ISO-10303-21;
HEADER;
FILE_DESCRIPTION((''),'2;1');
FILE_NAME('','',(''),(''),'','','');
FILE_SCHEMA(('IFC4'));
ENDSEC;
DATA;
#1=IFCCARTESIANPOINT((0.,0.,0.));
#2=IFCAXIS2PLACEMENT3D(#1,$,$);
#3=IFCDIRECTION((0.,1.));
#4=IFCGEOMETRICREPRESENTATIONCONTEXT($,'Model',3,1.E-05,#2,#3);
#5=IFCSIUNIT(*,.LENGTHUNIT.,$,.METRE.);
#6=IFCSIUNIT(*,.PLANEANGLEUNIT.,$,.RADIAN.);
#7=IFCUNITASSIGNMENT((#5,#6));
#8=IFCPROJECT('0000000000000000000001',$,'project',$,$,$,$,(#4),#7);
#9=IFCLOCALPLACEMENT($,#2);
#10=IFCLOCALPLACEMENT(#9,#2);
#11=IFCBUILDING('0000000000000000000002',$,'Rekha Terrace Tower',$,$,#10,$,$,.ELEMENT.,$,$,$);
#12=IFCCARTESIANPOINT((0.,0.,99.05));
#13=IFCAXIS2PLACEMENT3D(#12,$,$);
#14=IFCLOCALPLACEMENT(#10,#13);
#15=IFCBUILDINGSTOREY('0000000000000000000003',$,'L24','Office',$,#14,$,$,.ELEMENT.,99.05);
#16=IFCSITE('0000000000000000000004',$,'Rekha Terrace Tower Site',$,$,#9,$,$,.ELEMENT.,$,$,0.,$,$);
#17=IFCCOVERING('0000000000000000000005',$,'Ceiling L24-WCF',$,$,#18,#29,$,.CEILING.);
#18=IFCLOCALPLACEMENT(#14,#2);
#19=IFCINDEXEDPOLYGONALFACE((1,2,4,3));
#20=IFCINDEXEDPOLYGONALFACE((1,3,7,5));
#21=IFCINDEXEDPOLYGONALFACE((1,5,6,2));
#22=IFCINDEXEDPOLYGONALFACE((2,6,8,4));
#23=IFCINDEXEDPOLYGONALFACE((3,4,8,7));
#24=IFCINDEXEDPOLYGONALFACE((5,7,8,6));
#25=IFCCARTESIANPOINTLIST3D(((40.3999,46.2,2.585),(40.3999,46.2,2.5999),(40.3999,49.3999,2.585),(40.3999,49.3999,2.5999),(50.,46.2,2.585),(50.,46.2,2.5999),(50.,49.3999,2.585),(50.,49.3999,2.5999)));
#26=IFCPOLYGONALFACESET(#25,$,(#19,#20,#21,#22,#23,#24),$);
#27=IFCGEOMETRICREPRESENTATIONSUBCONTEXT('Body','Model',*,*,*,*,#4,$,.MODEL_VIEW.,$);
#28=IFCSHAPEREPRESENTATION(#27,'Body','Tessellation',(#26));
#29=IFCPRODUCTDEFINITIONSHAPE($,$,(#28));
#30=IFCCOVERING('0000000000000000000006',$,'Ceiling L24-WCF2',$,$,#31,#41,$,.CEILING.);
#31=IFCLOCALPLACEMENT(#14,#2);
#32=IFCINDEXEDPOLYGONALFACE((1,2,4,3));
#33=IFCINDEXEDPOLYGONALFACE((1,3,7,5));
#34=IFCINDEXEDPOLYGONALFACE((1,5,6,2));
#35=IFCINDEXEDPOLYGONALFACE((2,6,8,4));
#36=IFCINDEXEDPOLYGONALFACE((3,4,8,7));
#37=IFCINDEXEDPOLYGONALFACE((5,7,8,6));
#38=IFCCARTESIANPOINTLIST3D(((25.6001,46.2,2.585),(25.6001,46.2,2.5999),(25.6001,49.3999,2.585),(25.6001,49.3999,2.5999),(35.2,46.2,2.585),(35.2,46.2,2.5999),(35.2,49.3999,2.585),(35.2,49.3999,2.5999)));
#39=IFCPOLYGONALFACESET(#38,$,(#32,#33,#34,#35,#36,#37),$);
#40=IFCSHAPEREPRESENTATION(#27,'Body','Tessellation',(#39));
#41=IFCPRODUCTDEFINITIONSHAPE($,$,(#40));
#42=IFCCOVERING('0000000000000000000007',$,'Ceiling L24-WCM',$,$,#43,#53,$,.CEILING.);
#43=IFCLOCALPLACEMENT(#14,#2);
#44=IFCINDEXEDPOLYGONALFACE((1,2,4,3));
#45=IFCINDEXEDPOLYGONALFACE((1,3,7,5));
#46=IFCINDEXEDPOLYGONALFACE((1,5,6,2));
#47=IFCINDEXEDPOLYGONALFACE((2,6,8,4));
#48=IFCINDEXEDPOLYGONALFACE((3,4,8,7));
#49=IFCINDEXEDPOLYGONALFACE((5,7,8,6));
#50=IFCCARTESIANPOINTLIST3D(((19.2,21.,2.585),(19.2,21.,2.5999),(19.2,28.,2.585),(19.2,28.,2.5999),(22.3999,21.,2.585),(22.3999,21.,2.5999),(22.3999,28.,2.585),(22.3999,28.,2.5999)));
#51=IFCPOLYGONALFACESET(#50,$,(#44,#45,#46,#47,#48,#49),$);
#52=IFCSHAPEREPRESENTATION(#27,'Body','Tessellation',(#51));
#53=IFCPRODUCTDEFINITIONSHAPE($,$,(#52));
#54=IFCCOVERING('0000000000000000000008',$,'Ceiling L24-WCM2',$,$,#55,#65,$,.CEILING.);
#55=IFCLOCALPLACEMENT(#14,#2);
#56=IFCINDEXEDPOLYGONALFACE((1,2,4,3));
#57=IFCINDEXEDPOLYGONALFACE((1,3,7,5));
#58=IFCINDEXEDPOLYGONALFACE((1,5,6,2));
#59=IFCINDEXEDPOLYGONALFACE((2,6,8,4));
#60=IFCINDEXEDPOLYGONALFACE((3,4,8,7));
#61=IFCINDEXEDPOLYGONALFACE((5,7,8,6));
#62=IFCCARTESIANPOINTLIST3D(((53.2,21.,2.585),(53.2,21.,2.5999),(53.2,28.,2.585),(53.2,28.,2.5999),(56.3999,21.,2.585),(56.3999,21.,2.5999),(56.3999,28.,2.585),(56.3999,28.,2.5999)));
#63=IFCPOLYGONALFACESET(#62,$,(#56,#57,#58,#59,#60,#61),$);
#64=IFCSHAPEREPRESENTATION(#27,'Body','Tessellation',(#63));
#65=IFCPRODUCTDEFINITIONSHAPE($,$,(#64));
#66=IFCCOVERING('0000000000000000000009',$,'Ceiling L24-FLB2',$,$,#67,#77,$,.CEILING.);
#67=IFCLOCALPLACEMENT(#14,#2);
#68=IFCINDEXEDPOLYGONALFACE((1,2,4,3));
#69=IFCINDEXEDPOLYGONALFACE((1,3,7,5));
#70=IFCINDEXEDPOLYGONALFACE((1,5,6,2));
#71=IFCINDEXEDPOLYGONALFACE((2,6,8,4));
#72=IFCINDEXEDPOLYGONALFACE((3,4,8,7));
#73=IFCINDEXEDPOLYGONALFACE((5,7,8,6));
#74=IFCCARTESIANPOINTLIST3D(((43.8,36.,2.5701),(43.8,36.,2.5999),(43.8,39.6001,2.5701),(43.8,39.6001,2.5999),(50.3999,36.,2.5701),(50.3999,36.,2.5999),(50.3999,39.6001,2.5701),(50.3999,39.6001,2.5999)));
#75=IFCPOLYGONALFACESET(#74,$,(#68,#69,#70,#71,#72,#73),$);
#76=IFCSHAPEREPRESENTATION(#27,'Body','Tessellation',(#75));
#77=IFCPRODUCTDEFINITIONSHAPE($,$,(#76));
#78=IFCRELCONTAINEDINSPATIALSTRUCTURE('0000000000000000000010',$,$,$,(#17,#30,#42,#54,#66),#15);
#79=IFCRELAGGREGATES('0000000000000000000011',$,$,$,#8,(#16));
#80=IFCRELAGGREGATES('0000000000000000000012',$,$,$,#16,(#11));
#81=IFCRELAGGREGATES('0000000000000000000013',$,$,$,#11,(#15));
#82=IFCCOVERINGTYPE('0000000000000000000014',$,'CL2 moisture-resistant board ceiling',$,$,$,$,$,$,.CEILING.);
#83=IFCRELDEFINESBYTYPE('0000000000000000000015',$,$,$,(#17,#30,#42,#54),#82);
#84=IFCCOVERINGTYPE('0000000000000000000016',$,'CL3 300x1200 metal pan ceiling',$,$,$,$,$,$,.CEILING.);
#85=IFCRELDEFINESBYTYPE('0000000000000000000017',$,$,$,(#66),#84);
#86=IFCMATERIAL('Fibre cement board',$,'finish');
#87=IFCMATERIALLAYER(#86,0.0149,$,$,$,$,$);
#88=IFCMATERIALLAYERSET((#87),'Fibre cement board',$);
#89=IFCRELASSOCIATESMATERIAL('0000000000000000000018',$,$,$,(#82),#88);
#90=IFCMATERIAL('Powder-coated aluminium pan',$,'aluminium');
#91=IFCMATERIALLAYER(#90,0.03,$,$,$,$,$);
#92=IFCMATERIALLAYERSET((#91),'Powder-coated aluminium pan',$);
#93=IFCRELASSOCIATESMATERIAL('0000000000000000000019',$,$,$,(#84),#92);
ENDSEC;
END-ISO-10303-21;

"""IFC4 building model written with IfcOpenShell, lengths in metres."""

from ifc_helpers import new_model, si_unit, direction, frame, origin, place, context, subcontext, project, spatial, polyline, outline, extrude, material, layer, layer_set, type_object, element, save


model = new_model("IFC4")

# Units and contexts
model_context = context("Model", 3, precision=1e-05, world=origin(), true_north=direction((0.0, 1.0)))
body_context = subcontext(model_context, "Body", "Model", "MODEL_VIEW")
ifc_project = project(units=[si_unit("LENGTHUNIT", "METRE"), si_unit("PLANEANGLEUNIT", "RADIAN")], contexts=[model_context])

# Site, building, storey
site_placement = place(None, origin())
site = spatial("IfcSite", under=ifc_project, at=site_placement, Name="Rekha Terrace Tower Site", CompositionType="ELEMENT", RefElevation=0.0)
building_placement = place(site_placement, origin())
building = spatial("IfcBuilding", under=site, at=building_placement, Name="Rekha Terrace Tower", CompositionType="ELEMENT")
storey_placement = place(building_placement, frame((0.0, 0.0, 99.05)))
storey = spatial("IfcBuildingStorey", under=building, at=storey_placement, Name="L24", Description="Office", CompositionType="ELEMENT", Elevation=99.05)

# Coverings
ifc_material_1 = material(Name="Fibre cement board", Category="finish")
ifc_layer_1 = layer(ifc_material_1, 0.0149)
ifc_layer_set_1 = layer_set([ifc_layer_1], Name="Fibre cement board")
covering_type_1 = type_object("IfcCoveringType", Name="CL2 moisture-resistant board ceiling", PredefinedType="CEILING", material=ifc_layer_set_1)
covering_1_placement = place(storey_placement, frame((0.0, 0.0, 2.585)))
element("IfcCovering", 1, at=covering_1_placement, inside=storey, type_object=covering_type_1, Name="Ceiling L24-WCF", PredefinedType="CEILING", context=body_context, shape_type="SweptSolid", body=[
    extrude(outline(polyline([(50.0, 49.3999), (40.3999, 49.3999), (40.3999, 46.2), (50.0, 46.2), (50.0, 49.3999)])), origin(), (0.0, 0.0, 1.0), 0.0149),
])
covering_2_placement = place(storey_placement, frame((0.0, 0.0, 2.585)))
element("IfcCovering", 2, at=covering_2_placement, inside=storey, type_object=covering_type_1, Name="Ceiling L24-WCF2", PredefinedType="CEILING", context=body_context, shape_type="SweptSolid", body=[
    extrude(outline(polyline([(35.2, 49.3999), (25.6001, 49.3999), (25.6001, 46.2), (35.2, 46.2), (35.2, 49.3999)])), origin(), (0.0, 0.0, 1.0), 0.0149),
])
covering_3_placement = place(storey_placement, frame((0.0, 0.0, 2.585)))
element("IfcCovering", 3, at=covering_3_placement, inside=storey, type_object=covering_type_1, Name="Ceiling L24-WCM", PredefinedType="CEILING", context=body_context, shape_type="SweptSolid", body=[
    extrude(outline(polyline([(22.3999, 28.0), (19.2, 28.0), (19.2, 21.0), (22.3999, 21.0), (22.3999, 28.0)])), origin(), (0.0, 0.0, 1.0), 0.0149),
])
covering_4_placement = place(storey_placement, frame((0.0, 0.0, 2.585)))
element("IfcCovering", 4, at=covering_4_placement, inside=storey, type_object=covering_type_1, Name="Ceiling L24-WCM2", PredefinedType="CEILING", context=body_context, shape_type="SweptSolid", body=[
    extrude(outline(polyline([(56.3999, 28.0), (53.2, 28.0), (53.2, 21.0), (56.3999, 21.0), (56.3999, 28.0)])), origin(), (0.0, 0.0, 1.0), 0.0149),
])
ifc_material_2 = material(Name="Powder-coated aluminium pan", Category="aluminium")
ifc_layer_2 = layer(ifc_material_2, 0.03)
ifc_layer_set_2 = layer_set([ifc_layer_2], Name="Powder-coated aluminium pan")
covering_type_2 = type_object("IfcCoveringType", Name="CL3 300x1200 metal pan ceiling", PredefinedType="CEILING", material=ifc_layer_set_2)
covering_5_placement = place(storey_placement, frame((0.0, 0.0, 2.5701)))
element("IfcCovering", 5, at=covering_5_placement, inside=storey, type_object=covering_type_2, Name="Ceiling L24-FLB2", PredefinedType="CEILING", context=body_context, shape_type="SweptSolid", body=[
    extrude(outline(polyline([(50.3999, 39.6001), (43.8, 39.6001), (43.8, 36.0), (50.3999, 36.0), (50.3999, 39.6001)])), origin(), (0.0, 0.0, 1.0), 0.0298),
])

save(model, "model.ifc")
